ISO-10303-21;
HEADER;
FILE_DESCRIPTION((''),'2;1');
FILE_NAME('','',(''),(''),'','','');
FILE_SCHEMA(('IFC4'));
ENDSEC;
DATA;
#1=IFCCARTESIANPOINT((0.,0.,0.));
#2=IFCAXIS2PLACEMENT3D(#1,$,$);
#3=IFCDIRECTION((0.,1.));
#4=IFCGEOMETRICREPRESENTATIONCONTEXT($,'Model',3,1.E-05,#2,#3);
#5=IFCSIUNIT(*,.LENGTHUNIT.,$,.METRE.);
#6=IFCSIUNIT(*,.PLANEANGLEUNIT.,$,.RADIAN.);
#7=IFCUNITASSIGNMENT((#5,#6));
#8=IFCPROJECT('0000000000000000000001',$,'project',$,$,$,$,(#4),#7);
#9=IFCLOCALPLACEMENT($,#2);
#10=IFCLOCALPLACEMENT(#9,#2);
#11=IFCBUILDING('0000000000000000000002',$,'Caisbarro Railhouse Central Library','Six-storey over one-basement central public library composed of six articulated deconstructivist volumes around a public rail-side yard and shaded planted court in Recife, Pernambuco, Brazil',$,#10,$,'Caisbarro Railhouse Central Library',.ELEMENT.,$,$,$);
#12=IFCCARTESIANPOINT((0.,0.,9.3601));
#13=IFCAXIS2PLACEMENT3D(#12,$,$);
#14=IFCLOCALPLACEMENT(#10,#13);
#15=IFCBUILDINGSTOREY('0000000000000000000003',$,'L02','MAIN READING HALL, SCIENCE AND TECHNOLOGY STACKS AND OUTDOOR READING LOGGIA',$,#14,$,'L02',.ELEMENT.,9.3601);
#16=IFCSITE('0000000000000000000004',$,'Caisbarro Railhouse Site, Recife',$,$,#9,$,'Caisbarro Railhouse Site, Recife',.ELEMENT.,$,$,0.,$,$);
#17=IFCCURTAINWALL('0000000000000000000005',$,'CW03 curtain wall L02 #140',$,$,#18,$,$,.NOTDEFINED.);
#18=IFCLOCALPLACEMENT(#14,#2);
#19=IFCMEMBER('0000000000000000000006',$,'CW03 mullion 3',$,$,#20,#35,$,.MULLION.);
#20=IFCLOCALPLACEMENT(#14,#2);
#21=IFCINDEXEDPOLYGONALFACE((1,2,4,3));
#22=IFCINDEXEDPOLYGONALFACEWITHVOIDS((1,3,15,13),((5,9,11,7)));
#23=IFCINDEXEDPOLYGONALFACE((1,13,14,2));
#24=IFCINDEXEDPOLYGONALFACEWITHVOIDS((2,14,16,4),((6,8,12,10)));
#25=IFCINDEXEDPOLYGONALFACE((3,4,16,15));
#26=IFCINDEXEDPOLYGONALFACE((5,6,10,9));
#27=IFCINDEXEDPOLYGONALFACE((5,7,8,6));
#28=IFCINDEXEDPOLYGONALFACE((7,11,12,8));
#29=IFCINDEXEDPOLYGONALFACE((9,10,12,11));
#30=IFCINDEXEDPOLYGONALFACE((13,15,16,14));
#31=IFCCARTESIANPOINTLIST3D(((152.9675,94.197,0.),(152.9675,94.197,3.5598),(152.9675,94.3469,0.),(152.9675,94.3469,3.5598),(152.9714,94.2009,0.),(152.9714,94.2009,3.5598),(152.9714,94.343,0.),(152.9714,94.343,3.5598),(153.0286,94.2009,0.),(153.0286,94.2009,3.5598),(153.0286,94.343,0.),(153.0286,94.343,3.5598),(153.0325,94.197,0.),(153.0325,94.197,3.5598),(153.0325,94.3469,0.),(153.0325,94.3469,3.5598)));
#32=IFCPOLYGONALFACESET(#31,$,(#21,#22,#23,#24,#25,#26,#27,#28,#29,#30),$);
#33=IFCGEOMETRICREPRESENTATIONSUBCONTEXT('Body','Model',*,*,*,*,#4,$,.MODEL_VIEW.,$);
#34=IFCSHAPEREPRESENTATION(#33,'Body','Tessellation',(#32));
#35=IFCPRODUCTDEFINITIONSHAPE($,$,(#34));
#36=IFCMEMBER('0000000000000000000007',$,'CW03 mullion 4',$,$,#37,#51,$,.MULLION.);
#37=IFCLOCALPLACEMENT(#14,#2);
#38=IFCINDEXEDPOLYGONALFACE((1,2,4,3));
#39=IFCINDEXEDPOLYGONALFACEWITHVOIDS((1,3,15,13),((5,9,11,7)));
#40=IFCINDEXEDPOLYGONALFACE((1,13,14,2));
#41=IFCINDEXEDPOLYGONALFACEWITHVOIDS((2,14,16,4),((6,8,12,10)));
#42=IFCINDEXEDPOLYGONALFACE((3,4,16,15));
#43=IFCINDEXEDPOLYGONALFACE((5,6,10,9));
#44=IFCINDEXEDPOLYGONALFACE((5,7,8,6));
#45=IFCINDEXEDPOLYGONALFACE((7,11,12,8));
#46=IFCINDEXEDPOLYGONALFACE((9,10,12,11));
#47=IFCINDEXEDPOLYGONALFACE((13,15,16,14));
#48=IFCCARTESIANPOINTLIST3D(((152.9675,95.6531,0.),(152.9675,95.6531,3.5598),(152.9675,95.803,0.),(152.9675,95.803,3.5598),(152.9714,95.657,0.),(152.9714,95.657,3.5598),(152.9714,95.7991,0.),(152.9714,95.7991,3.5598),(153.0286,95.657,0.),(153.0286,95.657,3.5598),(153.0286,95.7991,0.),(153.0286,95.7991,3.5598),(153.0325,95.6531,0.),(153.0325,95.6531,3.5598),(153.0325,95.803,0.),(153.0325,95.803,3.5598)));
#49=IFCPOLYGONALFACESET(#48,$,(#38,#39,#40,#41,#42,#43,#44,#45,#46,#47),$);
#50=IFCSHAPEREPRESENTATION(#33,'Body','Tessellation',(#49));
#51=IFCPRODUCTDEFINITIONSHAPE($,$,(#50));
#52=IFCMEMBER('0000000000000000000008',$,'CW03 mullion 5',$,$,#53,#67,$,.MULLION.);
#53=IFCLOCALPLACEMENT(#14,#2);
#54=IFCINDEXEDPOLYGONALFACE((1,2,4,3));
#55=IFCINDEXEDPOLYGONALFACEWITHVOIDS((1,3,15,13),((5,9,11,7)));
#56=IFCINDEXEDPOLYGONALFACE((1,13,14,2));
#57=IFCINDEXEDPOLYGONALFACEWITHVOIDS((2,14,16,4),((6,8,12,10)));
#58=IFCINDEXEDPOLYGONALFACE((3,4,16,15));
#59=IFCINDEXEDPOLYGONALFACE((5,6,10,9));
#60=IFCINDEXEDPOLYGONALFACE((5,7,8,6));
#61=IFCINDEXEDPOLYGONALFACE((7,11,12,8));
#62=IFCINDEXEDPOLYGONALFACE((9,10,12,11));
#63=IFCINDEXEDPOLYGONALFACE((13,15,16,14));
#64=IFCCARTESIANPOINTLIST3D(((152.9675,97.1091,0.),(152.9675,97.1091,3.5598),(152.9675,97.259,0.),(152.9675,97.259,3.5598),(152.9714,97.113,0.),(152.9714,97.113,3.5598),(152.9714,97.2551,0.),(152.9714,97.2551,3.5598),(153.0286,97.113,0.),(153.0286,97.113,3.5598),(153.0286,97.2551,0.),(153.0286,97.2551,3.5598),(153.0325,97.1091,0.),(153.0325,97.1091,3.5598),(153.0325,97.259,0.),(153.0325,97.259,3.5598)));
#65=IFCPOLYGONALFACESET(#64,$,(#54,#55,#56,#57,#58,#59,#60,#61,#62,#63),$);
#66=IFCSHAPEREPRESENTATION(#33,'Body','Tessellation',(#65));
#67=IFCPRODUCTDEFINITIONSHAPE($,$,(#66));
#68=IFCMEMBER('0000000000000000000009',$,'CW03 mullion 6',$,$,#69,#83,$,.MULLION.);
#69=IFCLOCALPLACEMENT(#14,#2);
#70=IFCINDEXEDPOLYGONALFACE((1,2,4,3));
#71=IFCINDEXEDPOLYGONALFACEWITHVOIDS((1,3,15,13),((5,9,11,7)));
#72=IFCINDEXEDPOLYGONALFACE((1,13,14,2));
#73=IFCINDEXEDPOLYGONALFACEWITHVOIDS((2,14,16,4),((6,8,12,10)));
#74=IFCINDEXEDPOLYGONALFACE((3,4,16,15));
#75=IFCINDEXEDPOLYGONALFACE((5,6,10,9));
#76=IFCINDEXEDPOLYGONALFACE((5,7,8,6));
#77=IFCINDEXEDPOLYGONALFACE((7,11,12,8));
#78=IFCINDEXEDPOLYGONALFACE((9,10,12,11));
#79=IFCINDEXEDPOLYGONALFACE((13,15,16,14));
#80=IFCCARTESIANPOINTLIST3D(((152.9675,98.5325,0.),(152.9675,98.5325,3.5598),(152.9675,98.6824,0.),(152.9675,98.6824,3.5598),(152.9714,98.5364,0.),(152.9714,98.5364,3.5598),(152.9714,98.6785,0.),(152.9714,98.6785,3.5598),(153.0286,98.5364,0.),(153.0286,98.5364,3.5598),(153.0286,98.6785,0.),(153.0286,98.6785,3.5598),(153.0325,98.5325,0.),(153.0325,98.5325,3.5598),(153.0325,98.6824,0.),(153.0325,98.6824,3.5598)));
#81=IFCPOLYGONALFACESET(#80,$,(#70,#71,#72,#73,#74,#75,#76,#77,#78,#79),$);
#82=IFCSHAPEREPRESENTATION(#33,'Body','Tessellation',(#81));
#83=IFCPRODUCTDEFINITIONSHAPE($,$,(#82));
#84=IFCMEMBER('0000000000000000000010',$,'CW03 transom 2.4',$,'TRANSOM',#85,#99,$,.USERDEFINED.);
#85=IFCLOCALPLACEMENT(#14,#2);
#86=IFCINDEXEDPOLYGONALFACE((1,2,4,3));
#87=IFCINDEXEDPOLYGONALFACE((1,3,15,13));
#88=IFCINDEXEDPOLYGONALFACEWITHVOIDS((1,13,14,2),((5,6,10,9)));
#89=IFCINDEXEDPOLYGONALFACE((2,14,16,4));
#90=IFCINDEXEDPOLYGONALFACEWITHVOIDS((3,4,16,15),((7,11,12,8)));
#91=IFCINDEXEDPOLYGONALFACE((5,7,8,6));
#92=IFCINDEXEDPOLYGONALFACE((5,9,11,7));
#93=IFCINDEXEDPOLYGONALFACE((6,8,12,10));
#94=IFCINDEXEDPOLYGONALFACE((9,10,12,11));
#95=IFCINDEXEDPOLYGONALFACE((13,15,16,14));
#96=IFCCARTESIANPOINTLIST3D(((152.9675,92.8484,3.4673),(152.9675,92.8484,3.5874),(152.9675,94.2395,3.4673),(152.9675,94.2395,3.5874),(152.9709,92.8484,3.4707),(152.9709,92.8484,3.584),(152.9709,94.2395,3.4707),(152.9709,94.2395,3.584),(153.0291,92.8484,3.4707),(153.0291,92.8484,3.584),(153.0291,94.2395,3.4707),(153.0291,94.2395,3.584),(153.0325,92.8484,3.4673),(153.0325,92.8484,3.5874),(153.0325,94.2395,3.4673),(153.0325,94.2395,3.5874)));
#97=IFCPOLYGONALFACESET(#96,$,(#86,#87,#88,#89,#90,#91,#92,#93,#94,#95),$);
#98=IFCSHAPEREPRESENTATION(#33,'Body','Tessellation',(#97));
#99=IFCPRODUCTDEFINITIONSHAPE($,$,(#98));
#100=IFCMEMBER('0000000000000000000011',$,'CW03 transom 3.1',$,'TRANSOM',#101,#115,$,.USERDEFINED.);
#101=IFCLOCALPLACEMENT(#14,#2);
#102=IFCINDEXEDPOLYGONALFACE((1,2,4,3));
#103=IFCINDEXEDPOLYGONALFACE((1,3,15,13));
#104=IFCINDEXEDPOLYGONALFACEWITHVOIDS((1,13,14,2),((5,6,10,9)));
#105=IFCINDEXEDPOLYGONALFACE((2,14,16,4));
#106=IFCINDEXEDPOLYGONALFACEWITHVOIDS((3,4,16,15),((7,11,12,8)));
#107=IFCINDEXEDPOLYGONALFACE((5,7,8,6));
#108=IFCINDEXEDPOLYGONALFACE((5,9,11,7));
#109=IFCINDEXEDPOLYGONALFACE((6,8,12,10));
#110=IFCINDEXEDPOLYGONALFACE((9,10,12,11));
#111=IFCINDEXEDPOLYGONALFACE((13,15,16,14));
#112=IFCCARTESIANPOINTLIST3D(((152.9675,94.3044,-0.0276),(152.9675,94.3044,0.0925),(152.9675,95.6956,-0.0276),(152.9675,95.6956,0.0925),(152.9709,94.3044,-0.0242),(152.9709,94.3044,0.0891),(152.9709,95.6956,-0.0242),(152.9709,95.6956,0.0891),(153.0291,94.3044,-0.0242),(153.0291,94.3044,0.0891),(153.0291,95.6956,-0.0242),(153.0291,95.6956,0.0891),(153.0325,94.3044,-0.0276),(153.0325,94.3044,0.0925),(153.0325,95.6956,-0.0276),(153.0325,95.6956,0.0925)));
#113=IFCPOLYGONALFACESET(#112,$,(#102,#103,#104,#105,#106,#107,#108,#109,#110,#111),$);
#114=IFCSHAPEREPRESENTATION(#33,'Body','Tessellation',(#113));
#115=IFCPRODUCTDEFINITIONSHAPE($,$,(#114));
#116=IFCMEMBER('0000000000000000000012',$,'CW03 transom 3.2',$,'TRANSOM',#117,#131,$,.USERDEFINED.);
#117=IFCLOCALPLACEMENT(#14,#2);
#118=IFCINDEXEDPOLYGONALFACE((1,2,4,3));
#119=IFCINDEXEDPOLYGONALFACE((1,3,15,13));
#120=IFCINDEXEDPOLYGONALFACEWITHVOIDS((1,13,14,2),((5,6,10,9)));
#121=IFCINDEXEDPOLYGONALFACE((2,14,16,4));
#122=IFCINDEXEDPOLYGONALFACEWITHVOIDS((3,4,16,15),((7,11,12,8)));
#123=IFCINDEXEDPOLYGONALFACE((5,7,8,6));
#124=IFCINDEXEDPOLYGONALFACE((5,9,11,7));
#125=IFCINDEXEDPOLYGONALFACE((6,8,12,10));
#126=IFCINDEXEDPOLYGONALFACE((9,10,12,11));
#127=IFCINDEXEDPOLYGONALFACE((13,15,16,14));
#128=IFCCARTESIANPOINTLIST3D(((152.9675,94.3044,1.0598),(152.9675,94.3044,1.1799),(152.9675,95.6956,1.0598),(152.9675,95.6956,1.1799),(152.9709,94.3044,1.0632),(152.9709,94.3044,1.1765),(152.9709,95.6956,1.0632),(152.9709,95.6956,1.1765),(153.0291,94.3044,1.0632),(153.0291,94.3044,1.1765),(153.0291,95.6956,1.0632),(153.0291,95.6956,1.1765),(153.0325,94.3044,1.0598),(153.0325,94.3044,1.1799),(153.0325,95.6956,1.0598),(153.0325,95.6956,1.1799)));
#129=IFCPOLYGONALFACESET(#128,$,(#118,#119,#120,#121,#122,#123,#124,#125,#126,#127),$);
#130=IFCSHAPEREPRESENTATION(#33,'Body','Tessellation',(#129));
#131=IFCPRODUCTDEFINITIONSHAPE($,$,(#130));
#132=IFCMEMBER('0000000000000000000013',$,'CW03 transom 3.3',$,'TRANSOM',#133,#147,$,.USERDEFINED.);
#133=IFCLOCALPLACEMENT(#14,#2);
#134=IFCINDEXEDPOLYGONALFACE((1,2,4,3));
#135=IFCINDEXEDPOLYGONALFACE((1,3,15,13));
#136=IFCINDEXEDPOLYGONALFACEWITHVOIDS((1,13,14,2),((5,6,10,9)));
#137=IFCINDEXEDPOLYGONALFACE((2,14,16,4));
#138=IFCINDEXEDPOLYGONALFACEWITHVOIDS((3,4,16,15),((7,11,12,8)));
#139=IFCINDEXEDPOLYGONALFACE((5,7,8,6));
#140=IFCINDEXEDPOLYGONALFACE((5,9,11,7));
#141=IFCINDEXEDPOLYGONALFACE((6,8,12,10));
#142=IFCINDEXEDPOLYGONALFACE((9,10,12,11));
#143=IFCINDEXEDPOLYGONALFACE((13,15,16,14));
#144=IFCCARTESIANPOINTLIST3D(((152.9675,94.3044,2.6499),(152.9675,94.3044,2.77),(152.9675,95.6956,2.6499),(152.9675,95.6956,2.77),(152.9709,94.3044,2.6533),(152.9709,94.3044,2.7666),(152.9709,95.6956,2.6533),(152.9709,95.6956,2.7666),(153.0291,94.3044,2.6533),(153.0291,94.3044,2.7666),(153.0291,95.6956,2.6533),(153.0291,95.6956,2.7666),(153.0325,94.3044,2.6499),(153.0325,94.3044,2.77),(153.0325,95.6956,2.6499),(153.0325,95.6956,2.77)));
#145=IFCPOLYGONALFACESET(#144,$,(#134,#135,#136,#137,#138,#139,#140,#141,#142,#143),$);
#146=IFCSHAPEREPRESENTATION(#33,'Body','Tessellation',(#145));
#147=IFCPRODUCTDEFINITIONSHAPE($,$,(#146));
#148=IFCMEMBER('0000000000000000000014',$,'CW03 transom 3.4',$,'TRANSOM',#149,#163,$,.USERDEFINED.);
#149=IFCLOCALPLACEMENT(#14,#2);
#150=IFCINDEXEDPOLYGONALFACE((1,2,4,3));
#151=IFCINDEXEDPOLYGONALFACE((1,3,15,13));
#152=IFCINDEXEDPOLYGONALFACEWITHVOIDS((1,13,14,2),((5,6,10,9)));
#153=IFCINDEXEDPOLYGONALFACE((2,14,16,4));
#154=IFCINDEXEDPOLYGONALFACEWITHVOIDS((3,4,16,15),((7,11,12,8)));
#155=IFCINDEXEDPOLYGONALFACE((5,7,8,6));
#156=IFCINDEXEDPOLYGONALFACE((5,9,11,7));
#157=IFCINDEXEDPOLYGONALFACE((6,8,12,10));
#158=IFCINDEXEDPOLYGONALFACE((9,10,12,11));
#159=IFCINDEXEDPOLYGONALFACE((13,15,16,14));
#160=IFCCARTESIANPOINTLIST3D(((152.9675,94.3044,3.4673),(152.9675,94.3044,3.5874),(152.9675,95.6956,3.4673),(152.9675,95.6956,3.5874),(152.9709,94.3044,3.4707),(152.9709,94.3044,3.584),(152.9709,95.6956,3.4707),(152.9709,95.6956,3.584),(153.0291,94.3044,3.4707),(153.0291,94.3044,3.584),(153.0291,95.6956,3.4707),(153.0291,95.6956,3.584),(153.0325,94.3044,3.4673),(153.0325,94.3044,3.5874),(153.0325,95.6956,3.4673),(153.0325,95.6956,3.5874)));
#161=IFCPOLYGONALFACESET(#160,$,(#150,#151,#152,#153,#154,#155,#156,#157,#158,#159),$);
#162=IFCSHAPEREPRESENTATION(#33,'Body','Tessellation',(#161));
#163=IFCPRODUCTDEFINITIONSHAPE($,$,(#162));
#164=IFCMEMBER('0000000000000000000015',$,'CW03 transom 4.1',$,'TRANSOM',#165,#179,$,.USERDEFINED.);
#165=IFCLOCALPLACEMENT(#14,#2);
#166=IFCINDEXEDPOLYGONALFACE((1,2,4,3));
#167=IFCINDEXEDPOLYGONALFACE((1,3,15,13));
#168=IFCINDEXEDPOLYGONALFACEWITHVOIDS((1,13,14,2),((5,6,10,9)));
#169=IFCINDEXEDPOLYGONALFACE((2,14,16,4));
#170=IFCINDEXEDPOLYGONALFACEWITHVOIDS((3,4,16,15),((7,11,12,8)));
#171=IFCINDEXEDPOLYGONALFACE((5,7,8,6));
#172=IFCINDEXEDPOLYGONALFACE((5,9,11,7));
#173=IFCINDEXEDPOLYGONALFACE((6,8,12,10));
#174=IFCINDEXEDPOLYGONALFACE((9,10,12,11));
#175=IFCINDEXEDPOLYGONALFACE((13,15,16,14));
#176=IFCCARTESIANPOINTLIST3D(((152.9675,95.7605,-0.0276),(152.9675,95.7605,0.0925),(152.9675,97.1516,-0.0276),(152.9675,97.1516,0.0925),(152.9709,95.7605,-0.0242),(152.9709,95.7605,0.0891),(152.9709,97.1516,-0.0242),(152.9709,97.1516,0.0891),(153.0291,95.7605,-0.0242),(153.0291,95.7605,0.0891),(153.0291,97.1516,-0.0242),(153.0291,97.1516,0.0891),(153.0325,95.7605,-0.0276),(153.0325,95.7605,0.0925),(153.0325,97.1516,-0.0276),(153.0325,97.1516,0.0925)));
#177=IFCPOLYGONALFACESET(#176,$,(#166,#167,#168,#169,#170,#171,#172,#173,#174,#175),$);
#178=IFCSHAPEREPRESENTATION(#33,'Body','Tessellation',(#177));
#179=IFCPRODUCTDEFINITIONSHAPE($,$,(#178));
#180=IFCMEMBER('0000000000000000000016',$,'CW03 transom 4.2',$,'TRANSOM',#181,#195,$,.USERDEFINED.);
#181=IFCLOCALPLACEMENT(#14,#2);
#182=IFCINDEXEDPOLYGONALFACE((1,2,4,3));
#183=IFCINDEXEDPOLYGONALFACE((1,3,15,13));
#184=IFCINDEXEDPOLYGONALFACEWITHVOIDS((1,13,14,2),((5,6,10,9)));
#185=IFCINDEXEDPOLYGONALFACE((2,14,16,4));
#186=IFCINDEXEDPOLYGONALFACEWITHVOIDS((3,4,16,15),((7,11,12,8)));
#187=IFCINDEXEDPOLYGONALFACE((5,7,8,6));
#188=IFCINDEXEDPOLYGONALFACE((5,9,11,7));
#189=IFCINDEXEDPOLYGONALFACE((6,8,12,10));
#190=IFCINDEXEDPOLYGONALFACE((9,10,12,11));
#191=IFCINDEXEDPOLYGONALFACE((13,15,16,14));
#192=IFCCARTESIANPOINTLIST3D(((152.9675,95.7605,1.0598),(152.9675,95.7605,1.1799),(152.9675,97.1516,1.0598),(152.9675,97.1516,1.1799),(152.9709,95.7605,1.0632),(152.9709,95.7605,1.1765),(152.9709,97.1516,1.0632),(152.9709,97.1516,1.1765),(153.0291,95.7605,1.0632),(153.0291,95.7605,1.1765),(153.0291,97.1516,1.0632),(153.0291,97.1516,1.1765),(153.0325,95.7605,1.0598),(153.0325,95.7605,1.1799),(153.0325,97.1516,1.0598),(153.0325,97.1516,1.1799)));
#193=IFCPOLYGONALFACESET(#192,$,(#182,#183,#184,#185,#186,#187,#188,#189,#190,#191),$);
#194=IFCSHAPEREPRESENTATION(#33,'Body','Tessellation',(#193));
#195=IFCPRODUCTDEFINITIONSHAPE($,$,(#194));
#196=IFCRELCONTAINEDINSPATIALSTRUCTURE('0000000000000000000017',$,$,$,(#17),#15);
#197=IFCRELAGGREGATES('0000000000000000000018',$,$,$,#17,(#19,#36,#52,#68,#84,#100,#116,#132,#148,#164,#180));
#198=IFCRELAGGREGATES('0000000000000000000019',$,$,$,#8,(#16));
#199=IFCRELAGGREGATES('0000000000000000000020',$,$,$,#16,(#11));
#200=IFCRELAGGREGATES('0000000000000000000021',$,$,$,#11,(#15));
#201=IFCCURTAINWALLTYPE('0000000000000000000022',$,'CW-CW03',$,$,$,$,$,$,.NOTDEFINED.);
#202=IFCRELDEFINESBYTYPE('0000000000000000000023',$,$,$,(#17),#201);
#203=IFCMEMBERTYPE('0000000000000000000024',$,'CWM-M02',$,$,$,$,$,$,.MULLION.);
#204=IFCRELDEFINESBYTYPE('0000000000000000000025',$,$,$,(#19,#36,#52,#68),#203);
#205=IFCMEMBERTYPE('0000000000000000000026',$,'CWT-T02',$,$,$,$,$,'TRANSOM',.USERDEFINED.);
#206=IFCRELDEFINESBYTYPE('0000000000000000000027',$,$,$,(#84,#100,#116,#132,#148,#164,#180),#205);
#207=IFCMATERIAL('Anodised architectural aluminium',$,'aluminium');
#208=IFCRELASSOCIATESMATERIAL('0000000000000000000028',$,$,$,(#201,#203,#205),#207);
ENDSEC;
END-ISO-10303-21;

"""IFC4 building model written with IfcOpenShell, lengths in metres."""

from ifc_helpers import new_model, si_unit, direction, frame, origin, origin_2d, place, context, subcontext, project, spatial, hollow_rectangle, extrude, material, material_profile, profile_set, type_object, element, aggregate, save


model = new_model("IFC4")

# Units and contexts
model_context = context("Model", 3, precision=1e-05, world=origin(), true_north=direction((0.0, 1.0)))
body_context = subcontext(model_context, "Body", "Model", "MODEL_VIEW")
ifc_project = project(units=[si_unit("LENGTHUNIT", "METRE"), si_unit("PLANEANGLEUNIT", "RADIAN")], contexts=[model_context])

# Site, building, storey
site_placement = place(None, origin())
site = spatial("IfcSite", under=ifc_project, at=site_placement, Name="Caisbarro Railhouse Site, Recife", LongName="Caisbarro Railhouse Site, Recife", CompositionType="ELEMENT", RefElevation=0.0)
building_placement = place(site_placement, origin())
building = spatial("IfcBuilding", under=site, at=building_placement, Name="Caisbarro Railhouse Central Library", Description="Six-storey over one-basement central public library composed of six articulated deconstructivist volumes around a public rail-side yard and shaded planted court in Recife, Pernambuco, Brazil", LongName="Caisbarro Railhouse Central Library", CompositionType="ELEMENT")
storey_placement = place(building_placement, frame((0.0, 0.0, 9.3601)))
storey = spatial("IfcBuildingStorey", under=building, at=storey_placement, Name="L02", Description="MAIN READING HALL, SCIENCE AND TECHNOLOGY STACKS AND OUTDOOR READING LOGGIA", LongName="L02", CompositionType="ELEMENT", Elevation=9.3601)

# Curtain wall, members
ifc_material_1 = material(Name="Anodised architectural aluminium", Category="aluminium")
curtain_wall_type = type_object("IfcCurtainWallType", Name="CW-CW03", PredefinedType="NOTDEFINED", material=ifc_material_1)
curtain_wall_placement = place(storey_placement, origin())
curtain_wall = element("IfcCurtainWall", 1, at=curtain_wall_placement, inside=storey, type_object=curtain_wall_type, Name="CW03 curtain wall L02 #140", PredefinedType="NOTDEFINED")
ifc_material_profile_1 = material_profile(ifc_material_1, hollow_rectangle(XDim=0.0649, YDim=0.1499, WallThickness=0.0039, at=origin_2d()), Name="ALU-MUL-65X150")
ifc_profile_set_1 = profile_set([ifc_material_profile_1], Name="Anodised architectural aluminium")
member_type_1 = type_object("IfcMemberType", Name="CWM-M02", PredefinedType="MULLION", material=ifc_profile_set_1)
member_1_placement = place(storey_placement, frame((153.0, 94.272, 0.0), z_axis=(0.0, 0.0, 1.0), x_axis=(-1.0, 0.0, 0.0)))
member_1 = element("IfcMember", 2, at=member_1_placement, type_object=member_type_1, Name="CW03 mullion 3", PredefinedType="MULLION", context=body_context, shape_type="SweptSolid", body=[
    extrude(hollow_rectangle(XDim=0.0649, YDim=0.1499, WallThickness=0.0039, at=origin_2d()), origin(), (0.0, 0.0, 1.0), 3.5598),
])
member_2_placement = place(storey_placement, frame((153.0, 95.728, 0.0), z_axis=(0.0, 0.0, 1.0), x_axis=(-1.0, 0.0, 0.0)))
member_2 = element("IfcMember", 3, at=member_2_placement, type_object=member_type_1, Name="CW03 mullion 4", PredefinedType="MULLION", context=body_context, shape_type="SweptSolid", body=[
    extrude(hollow_rectangle(XDim=0.0649, YDim=0.1499, WallThickness=0.0039, at=origin_2d()), origin(), (0.0, 0.0, 1.0), 3.5598),
])
member_3_placement = place(storey_placement, frame((153.0, 97.1841, 0.0), z_axis=(0.0, 0.0, 1.0), x_axis=(-1.0, 0.0, 0.0)))
member_3 = element("IfcMember", 4, at=member_3_placement, type_object=member_type_1, Name="CW03 mullion 5", PredefinedType="MULLION", context=body_context, shape_type="SweptSolid", body=[
    extrude(hollow_rectangle(XDim=0.0649, YDim=0.1499, WallThickness=0.0039, at=origin_2d()), origin(), (0.0, 0.0, 1.0), 3.5598),
])
member_4_placement = place(storey_placement, frame((153.0, 98.6074, 0.0), z_axis=(0.0, 0.0, 1.0), x_axis=(-1.0, 0.0, 0.0)))
member_4 = element("IfcMember", 5, at=member_4_placement, type_object=member_type_1, Name="CW03 mullion 6", PredefinedType="MULLION", context=body_context, shape_type="SweptSolid", body=[
    extrude(hollow_rectangle(XDim=0.0649, YDim=0.1499, WallThickness=0.0039, at=origin_2d()), origin(), (0.0, 0.0, 1.0), 3.5598),
])
ifc_material_profile_2 = material_profile(ifc_material_1, hollow_rectangle(XDim=0.0649, YDim=0.1201, WallThickness=0.0034, at=origin_2d()), Name="ALU-TRN-65X120")
ifc_profile_set_2 = profile_set([ifc_material_profile_2], Name="Anodised architectural aluminium")
member_type_2 = type_object("IfcMemberType", Name="CWT-T02", ElementType="TRANSOM", PredefinedType="USERDEFINED", material=ifc_profile_set_2)
member_5_placement = place(storey_placement, frame((153.0, 92.8484, 3.5273), z_axis=(0.0, 1.0, 0.0), x_axis=(-1.0, 0.0, 0.0)))
member_5 = element("IfcMember", 6, at=member_5_placement, type_object=member_type_2, Name="CW03 transom 2.4", ObjectType="TRANSOM", PredefinedType="USERDEFINED", context=body_context, shape_type="SweptSolid", body=[
    extrude(hollow_rectangle(XDim=0.0649, YDim=0.1201, WallThickness=0.0034, at=origin_2d()), origin(), (0.0, 0.0, 1.0), 1.3911),
])
member_6_placement = place(storey_placement, frame((153.0, 94.3044, 0.0325), z_axis=(0.0, 1.0, 0.0), x_axis=(-1.0, 0.0, 0.0)))
member_6 = element("IfcMember", 7, at=member_6_placement, type_object=member_type_2, Name="CW03 transom 3.1", ObjectType="TRANSOM", PredefinedType="USERDEFINED", context=body_context, shape_type="SweptSolid", body=[
    extrude(hollow_rectangle(XDim=0.0649, YDim=0.1201, WallThickness=0.0034, at=origin_2d()), origin(), (0.0, 0.0, 1.0), 1.3911),
])
member_7_placement = place(storey_placement, frame((153.0, 94.3044, 1.1199), z_axis=(0.0, 1.0, 0.0), x_axis=(-1.0, 0.0, 0.0)))
member_7 = element("IfcMember", 8, at=member_7_placement, type_object=member_type_2, Name="CW03 transom 3.2", ObjectType="TRANSOM", PredefinedType="USERDEFINED", context=body_context, shape_type="SweptSolid", body=[
    extrude(hollow_rectangle(XDim=0.0649, YDim=0.1201, WallThickness=0.0034, at=origin_2d()), origin(), (0.0, 0.0, 1.0), 1.3911),
])
member_8_placement = place(storey_placement, frame((153.0, 94.3044, 2.71), z_axis=(0.0, 1.0, 0.0), x_axis=(-1.0, 0.0, 0.0)))
member_8 = element("IfcMember", 9, at=member_8_placement, type_object=member_type_2, Name="CW03 transom 3.3", ObjectType="TRANSOM", PredefinedType="USERDEFINED", context=body_context, shape_type="SweptSolid", body=[
    extrude(hollow_rectangle(XDim=0.0649, YDim=0.1201, WallThickness=0.0034, at=origin_2d()), origin(), (0.0, 0.0, 1.0), 1.3911),
])
member_9_placement = place(storey_placement, frame((153.0, 94.3044, 3.5273), z_axis=(0.0, 1.0, 0.0), x_axis=(-1.0, 0.0, 0.0)))
member_9 = element("IfcMember", 10, at=member_9_placement, type_object=member_type_2, Name="CW03 transom 3.4", ObjectType="TRANSOM", PredefinedType="USERDEFINED", context=body_context, shape_type="SweptSolid", body=[
    extrude(hollow_rectangle(XDim=0.0649, YDim=0.1201, WallThickness=0.0034, at=origin_2d()), origin(), (0.0, 0.0, 1.0), 1.3911),
])
member_10_placement = place(storey_placement, frame((153.0, 95.7605, 0.0325), z_axis=(0.0, 1.0, 0.0), x_axis=(-1.0, 0.0, 0.0)))
member_10 = element("IfcMember", 11, at=member_10_placement, type_object=member_type_2, Name="CW03 transom 4.1", ObjectType="TRANSOM", PredefinedType="USERDEFINED", context=body_context, shape_type="SweptSolid", body=[
    extrude(hollow_rectangle(XDim=0.0649, YDim=0.1201, WallThickness=0.0034, at=origin_2d()), origin(), (0.0, 0.0, 1.0), 1.3911),
])
member_11_placement = place(storey_placement, frame((153.0, 95.7605, 1.1199), z_axis=(0.0, 1.0, 0.0), x_axis=(-1.0, 0.0, 0.0)))
member_11 = element("IfcMember", 12, at=member_11_placement, type_object=member_type_2, Name="CW03 transom 4.2", ObjectType="TRANSOM", PredefinedType="USERDEFINED", context=body_context, shape_type="SweptSolid", body=[
    extrude(hollow_rectangle(XDim=0.0649, YDim=0.1201, WallThickness=0.0034, at=origin_2d()), origin(), (0.0, 0.0, 1.0), 1.3911),
])
aggregate(curtain_wall, [member_1, member_2, member_3, member_4, member_5, member_6, member_7, member_8, member_9, member_10, member_11])

save(model, "model.ifc")
